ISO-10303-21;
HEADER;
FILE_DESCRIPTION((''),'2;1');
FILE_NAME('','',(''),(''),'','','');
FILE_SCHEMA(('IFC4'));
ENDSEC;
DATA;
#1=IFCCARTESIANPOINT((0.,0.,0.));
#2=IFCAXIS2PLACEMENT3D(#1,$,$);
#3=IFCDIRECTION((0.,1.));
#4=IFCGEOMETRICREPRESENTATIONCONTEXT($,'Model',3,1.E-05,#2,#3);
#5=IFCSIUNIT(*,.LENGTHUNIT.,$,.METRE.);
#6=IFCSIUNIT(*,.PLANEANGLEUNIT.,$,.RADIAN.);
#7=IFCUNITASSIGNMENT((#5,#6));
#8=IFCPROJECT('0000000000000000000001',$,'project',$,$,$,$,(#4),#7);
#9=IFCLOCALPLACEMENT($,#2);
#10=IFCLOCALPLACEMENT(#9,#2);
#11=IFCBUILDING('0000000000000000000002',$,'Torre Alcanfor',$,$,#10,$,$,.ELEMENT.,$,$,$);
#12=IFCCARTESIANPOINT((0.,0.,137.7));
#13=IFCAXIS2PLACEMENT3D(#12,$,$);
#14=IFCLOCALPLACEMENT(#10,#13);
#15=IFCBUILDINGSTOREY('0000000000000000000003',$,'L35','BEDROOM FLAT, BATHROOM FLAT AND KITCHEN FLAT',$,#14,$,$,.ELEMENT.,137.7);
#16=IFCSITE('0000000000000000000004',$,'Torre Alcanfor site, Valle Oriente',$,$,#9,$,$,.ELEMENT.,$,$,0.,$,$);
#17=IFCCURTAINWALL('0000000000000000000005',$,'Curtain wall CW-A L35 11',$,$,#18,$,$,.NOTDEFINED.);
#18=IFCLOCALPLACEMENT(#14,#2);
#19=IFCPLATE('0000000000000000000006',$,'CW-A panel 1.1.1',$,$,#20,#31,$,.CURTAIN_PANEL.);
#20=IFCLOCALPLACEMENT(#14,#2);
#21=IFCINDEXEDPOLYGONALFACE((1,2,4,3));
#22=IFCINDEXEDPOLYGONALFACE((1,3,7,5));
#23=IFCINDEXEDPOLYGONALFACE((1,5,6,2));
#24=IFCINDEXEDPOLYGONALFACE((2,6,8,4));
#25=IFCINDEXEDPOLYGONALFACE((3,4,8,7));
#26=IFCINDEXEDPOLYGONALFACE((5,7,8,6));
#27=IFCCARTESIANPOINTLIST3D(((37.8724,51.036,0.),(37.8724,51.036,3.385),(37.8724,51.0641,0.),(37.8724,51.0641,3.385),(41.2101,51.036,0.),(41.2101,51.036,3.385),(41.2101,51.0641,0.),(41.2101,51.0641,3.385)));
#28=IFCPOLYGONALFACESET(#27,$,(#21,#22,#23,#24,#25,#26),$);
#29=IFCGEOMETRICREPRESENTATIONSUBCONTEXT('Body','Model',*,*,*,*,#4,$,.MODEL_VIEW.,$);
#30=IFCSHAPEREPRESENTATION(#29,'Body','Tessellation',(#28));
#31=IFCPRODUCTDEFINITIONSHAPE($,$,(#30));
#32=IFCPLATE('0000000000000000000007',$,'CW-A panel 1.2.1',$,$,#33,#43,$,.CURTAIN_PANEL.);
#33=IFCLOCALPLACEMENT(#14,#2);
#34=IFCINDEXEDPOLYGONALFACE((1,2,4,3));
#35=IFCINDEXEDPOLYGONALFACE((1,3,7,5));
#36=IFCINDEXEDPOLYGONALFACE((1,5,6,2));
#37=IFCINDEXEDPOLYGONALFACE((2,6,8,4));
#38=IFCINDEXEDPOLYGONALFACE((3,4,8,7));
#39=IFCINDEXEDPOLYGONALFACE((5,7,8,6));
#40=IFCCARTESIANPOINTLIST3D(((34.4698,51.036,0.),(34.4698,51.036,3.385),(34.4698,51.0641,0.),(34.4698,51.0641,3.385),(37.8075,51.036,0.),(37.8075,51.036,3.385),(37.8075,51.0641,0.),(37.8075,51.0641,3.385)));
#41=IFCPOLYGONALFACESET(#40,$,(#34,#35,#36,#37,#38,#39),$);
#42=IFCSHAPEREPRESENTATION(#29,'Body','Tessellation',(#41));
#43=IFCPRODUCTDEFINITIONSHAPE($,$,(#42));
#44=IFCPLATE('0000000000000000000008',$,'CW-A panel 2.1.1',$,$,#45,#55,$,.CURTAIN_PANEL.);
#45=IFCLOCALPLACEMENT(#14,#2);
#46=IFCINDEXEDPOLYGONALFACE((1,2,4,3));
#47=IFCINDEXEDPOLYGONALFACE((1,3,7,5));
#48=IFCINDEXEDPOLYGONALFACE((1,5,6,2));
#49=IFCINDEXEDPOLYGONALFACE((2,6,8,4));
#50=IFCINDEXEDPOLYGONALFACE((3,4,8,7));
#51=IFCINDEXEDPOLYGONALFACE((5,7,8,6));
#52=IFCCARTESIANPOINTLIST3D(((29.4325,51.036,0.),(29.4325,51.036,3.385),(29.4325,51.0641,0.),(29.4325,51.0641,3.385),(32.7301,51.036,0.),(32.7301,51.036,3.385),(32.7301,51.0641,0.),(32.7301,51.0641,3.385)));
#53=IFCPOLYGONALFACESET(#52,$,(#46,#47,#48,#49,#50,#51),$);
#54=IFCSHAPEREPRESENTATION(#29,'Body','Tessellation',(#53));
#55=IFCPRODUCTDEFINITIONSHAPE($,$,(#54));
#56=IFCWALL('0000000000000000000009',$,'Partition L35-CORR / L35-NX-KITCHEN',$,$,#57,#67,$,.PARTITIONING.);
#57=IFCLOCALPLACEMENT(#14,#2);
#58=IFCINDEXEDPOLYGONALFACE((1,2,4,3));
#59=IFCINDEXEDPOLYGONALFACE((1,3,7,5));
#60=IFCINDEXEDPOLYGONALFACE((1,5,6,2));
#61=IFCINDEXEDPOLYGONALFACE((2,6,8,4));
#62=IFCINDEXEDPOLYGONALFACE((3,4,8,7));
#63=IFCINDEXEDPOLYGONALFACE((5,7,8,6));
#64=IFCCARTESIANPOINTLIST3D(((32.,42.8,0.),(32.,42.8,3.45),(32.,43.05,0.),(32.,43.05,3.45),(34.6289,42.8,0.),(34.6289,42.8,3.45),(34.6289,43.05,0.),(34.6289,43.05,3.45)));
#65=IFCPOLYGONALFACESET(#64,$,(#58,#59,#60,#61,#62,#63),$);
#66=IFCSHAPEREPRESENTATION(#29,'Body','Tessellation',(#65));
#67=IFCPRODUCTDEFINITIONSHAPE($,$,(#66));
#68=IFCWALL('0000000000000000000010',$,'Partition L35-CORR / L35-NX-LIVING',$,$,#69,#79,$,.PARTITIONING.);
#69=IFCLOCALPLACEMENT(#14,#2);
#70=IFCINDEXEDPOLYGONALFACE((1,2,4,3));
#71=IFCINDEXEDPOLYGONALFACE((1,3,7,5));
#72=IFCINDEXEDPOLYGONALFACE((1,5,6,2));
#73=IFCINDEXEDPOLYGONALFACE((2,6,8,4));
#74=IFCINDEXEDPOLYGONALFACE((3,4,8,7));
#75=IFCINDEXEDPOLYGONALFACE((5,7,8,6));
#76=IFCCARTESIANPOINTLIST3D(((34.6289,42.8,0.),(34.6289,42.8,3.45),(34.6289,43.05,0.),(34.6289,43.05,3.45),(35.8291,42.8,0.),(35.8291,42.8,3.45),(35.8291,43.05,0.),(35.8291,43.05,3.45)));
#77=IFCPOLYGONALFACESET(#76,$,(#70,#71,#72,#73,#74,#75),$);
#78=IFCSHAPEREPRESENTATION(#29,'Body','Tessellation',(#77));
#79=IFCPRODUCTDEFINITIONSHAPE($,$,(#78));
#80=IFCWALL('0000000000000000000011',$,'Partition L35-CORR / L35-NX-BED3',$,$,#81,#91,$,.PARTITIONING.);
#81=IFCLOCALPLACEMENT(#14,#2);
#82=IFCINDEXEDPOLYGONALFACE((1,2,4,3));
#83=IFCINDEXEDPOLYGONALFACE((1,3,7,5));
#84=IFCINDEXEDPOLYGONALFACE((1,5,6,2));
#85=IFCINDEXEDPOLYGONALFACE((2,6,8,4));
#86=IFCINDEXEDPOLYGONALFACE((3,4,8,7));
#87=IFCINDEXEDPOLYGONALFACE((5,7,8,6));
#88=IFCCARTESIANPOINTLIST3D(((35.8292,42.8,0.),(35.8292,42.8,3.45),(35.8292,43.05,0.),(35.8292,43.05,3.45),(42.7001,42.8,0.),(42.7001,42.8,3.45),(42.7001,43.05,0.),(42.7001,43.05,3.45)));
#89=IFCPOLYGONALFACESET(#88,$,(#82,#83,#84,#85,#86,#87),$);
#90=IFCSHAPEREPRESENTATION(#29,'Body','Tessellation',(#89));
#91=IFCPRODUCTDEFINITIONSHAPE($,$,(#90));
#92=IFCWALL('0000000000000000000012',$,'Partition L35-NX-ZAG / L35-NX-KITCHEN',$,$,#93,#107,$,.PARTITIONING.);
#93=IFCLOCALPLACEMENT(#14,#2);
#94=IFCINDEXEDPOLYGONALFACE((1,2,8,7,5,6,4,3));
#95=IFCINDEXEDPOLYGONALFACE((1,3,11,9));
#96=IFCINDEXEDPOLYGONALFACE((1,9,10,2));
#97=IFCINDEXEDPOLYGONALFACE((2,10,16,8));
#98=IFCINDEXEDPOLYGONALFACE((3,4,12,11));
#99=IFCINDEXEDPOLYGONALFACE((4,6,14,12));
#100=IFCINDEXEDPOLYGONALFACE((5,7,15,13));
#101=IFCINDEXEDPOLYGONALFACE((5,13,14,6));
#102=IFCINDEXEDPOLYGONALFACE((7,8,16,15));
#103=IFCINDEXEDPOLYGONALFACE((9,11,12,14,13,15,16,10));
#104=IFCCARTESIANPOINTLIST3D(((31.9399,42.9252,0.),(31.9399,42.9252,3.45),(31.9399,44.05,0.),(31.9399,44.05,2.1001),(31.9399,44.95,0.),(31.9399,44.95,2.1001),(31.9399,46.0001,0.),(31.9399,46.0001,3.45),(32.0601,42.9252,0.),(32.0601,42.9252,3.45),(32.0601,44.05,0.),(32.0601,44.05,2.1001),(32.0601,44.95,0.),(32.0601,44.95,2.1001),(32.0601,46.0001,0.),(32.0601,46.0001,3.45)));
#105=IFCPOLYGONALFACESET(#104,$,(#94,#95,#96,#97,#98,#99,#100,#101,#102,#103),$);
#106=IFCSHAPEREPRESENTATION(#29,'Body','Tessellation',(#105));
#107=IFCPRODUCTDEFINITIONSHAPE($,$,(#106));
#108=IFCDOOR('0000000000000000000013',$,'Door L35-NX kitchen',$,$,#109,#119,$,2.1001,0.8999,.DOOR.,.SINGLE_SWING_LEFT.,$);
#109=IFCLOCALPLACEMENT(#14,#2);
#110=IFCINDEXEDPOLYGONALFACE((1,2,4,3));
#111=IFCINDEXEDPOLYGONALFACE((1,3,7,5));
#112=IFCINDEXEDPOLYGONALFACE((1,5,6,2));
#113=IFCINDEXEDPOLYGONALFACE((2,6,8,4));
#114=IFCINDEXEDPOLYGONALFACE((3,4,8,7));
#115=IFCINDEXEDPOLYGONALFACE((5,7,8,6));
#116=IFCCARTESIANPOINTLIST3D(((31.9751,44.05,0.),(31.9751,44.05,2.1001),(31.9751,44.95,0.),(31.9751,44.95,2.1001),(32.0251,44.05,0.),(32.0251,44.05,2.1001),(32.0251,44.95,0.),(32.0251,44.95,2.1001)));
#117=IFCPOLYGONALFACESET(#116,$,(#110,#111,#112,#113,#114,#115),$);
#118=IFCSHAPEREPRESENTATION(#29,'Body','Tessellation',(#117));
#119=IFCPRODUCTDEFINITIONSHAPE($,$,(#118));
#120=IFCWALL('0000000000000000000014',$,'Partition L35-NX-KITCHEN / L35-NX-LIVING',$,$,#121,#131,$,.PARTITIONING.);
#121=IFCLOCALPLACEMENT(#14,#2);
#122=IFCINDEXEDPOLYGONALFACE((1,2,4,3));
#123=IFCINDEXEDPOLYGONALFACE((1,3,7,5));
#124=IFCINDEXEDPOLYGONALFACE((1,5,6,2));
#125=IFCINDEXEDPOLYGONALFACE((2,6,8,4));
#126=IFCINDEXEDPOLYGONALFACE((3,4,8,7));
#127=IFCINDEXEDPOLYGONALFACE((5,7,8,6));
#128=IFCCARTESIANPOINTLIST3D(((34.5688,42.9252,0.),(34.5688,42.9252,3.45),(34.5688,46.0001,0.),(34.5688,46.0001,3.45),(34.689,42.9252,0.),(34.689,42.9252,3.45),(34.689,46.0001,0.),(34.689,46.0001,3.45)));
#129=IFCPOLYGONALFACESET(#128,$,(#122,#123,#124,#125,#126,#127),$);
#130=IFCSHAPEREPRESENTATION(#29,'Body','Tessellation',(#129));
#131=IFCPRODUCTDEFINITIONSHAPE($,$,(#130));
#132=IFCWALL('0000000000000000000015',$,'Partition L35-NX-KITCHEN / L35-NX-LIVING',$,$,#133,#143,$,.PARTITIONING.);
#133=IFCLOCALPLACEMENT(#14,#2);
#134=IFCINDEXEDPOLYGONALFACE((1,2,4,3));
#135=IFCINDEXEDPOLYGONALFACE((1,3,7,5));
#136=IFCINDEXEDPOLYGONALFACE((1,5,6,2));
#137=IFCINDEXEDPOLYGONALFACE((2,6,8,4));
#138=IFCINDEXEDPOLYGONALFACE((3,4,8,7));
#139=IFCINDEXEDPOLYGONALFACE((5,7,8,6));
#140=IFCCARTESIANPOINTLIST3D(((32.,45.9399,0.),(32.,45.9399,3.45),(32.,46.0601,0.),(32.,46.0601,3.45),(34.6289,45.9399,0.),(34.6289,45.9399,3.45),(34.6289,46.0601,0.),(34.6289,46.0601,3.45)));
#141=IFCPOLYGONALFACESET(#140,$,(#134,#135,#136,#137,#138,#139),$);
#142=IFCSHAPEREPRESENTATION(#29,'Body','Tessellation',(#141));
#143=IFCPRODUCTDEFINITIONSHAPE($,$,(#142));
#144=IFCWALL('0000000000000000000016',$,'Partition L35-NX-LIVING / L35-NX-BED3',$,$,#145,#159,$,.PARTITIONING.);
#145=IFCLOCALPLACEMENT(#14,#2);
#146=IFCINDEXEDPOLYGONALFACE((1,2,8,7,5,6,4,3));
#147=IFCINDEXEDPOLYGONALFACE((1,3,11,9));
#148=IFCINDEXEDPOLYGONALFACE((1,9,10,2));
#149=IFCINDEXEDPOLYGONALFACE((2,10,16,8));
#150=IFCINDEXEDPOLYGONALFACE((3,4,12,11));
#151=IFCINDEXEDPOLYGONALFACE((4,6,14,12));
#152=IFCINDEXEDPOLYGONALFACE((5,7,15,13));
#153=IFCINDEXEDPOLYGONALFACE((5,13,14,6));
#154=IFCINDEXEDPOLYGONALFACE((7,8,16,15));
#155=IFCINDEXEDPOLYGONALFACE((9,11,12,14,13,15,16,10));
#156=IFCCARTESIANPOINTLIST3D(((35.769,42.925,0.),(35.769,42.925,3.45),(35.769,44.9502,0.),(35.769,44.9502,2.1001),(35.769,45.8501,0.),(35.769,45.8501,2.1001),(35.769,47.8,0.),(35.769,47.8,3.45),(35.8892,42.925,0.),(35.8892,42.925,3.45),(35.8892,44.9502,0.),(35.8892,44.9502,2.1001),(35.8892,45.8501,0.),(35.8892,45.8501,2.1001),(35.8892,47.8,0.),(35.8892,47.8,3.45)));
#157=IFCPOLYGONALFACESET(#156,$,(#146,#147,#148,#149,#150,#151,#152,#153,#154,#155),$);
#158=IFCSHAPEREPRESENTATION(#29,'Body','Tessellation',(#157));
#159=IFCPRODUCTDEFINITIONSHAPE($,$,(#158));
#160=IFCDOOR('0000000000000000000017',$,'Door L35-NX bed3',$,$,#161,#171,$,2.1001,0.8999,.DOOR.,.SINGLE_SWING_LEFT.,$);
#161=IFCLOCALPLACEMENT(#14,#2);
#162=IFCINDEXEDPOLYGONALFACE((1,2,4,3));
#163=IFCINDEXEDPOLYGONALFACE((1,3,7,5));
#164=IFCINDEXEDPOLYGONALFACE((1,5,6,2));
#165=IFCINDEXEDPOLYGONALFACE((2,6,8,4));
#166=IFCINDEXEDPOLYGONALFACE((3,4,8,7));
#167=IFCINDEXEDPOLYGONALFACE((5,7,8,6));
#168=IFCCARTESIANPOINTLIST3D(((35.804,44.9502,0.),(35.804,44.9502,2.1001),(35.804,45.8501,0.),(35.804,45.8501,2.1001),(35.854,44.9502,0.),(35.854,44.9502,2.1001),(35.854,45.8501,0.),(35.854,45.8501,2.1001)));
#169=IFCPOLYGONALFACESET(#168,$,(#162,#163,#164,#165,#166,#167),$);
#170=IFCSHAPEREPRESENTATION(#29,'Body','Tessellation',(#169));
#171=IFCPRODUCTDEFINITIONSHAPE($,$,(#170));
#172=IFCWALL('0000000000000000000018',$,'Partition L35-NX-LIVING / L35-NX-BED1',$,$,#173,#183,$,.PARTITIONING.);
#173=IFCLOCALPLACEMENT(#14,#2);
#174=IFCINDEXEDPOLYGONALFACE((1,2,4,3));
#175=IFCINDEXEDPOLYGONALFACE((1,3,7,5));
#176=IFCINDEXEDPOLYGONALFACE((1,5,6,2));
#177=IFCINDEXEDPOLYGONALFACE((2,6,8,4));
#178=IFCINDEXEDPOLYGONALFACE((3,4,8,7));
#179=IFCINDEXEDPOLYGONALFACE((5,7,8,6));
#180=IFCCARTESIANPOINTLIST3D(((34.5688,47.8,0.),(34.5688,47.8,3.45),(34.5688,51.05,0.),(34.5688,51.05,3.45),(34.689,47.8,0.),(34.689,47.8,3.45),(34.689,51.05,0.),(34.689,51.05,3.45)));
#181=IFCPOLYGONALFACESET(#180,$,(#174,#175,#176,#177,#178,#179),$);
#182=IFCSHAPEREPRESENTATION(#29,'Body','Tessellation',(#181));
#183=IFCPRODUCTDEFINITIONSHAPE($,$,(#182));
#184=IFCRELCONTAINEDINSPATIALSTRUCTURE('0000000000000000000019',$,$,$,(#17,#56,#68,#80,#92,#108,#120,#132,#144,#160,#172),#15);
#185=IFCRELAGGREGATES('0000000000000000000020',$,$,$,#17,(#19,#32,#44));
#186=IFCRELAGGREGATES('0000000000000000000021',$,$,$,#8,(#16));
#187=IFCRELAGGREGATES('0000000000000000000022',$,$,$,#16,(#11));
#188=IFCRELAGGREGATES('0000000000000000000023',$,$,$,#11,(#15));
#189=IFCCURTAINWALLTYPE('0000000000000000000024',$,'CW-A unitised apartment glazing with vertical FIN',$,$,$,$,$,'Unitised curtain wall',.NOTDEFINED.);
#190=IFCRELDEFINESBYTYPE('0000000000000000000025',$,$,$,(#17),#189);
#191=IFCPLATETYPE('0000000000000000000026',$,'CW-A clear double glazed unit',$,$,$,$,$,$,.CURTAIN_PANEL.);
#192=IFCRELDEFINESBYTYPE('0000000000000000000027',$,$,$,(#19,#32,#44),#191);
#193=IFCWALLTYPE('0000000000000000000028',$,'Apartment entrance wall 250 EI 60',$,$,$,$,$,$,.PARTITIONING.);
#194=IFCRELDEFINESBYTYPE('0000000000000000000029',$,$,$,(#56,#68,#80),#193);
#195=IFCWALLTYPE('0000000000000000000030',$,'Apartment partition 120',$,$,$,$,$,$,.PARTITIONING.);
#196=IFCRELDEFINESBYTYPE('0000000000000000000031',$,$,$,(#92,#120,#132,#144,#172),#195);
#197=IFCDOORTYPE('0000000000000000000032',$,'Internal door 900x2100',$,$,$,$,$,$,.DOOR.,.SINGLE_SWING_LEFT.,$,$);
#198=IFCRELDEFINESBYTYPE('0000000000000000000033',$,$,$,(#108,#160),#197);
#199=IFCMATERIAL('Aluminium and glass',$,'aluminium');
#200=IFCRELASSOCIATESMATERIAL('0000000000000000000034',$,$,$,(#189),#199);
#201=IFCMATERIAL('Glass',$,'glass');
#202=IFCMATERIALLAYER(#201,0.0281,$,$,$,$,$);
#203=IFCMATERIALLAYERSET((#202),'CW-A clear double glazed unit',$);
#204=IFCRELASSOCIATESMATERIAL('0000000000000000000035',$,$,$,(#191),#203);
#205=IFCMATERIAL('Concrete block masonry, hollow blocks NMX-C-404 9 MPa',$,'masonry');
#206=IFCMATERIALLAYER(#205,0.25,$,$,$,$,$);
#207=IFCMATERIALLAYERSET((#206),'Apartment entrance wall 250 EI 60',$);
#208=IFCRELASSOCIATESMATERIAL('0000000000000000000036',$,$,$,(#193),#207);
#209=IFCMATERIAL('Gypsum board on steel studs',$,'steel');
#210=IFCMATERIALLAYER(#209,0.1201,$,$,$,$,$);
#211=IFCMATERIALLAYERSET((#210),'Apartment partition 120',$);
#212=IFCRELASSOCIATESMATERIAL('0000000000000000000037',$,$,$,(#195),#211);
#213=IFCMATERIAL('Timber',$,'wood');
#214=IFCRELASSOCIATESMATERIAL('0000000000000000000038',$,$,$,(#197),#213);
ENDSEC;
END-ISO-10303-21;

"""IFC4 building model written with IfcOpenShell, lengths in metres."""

from ifc_helpers import new_model, si_unit, direction, frame, frame_2d, origin, origin_2d, place, context, subcontext, project, spatial, rectangle, extrude, material, layer, layer_set, type_object, element, fill, aggregate, save


model = new_model("IFC4")

# Units and contexts
model_context = context("Model", 3, precision=1e-05, world=origin(), true_north=direction((0.0, 1.0)))
body_context = subcontext(model_context, "Body", "Model", "MODEL_VIEW")
ifc_project = project(units=[si_unit("LENGTHUNIT", "METRE"), si_unit("PLANEANGLEUNIT", "RADIAN")], contexts=[model_context])

# Site, building, storey
site_placement = place(None, origin())
site = spatial("IfcSite", under=ifc_project, at=site_placement, Name="Torre Alcanfor site, Valle Oriente", CompositionType="ELEMENT", RefElevation=0.0)
building_placement = place(site_placement, origin())
building = spatial("IfcBuilding", under=site, at=building_placement, Name="Torre Alcanfor", CompositionType="ELEMENT")
storey_placement = place(building_placement, frame((0.0, 0.0, 137.7)))
storey = spatial("IfcBuildingStorey", under=building, at=storey_placement, Name="L35", Description="BEDROOM FLAT, BATHROOM FLAT AND KITCHEN FLAT", CompositionType="ELEMENT", Elevation=137.7)

# Curtain wall
ifc_material_1 = material(Name="Aluminium and glass", Category="aluminium")
curtain_wall_type = type_object("IfcCurtainWallType", Name="CW-A unitised apartment glazing with vertical FIN", ElementType="Unitised curtain wall", PredefinedType="NOTDEFINED", material=ifc_material_1)
curtain_wall_placement = place(storey_placement, origin())
curtain_wall = element("IfcCurtainWall", 1, at=curtain_wall_placement, inside=storey, type_object=curtain_wall_type, Name="Curtain wall CW-A L35 11", PredefinedType="NOTDEFINED")

# Plates
ifc_material_2 = material(Name="Glass", Category="glass")
ifc_layer_1 = layer(ifc_material_2, 0.0281)
ifc_layer_set_1 = layer_set([ifc_layer_1], Name="CW-A clear double glazed unit")
plate_type = type_object("IfcPlateType", Name="CW-A clear double glazed unit", PredefinedType="CURTAIN_PANEL", material=ifc_layer_set_1)
plate_1_placement = place(storey_placement, frame((39.5413, 51.05, 0.0), z_axis=(0.0, 0.0, 1.0), x_axis=(-1.0, 0.0, 0.0)))
plate_1 = element("IfcPlate", 2, at=plate_1_placement, type_object=plate_type, Name="CW-A panel 1.1.1", PredefinedType="CURTAIN_PANEL", context=body_context, shape_type="SweptSolid", body=[
    extrude(rectangle(XDim=3.3376, YDim=0.0281, at=origin_2d()), origin(), (0.0, 0.0, 1.0), 3.385),
])
plate_2_placement = place(storey_placement, frame((36.1387, 51.05, 0.0), z_axis=(0.0, 0.0, 1.0), x_axis=(-1.0, 0.0, 0.0)))
plate_2 = element("IfcPlate", 3, at=plate_2_placement, type_object=plate_type, Name="CW-A panel 1.2.1", PredefinedType="CURTAIN_PANEL", context=body_context, shape_type="SweptSolid", body=[
    extrude(rectangle(XDim=3.3376, YDim=0.0281, at=origin_2d()), origin(), (0.0, 0.0, 1.0), 3.385),
])
plate_3_placement = place(storey_placement, frame((31.0813, 51.05, 0.0), z_axis=(0.0, 0.0, 1.0), x_axis=(-1.0, 0.0, 0.0)))
plate_3 = element("IfcPlate", 4, at=plate_3_placement, type_object=plate_type, Name="CW-A panel 2.1.1", PredefinedType="CURTAIN_PANEL", context=body_context, shape_type="SweptSolid", body=[
    extrude(rectangle(XDim=3.2976, YDim=0.0281, at=origin_2d()), origin(), (0.0, 0.0, 1.0), 3.385),
])
aggregate(curtain_wall, [plate_1, plate_2, plate_3])

# Walls
ifc_material_3 = material(Name="Concrete block masonry, hollow blocks NMX-C-404 9 MPa", Category="masonry")
ifc_layer_2 = layer(ifc_material_3, 0.25)
ifc_layer_set_2 = layer_set([ifc_layer_2], Name="Apartment entrance wall 250 EI 60")
wall_type_1 = type_object("IfcWallType", Name="Apartment entrance wall 250 EI 60", PredefinedType="PARTITIONING", material=ifc_layer_set_2)
wall_1_placement = place(storey_placement, frame((32.0, 42.925, 0.0), z_axis=(0.0, 0.0, 1.0), x_axis=(1.0, 0.0, 0.0)))
element("IfcWall", 5, at=wall_1_placement, inside=storey, type_object=wall_type_1, Name="Partition L35-CORR / L35-NX-KITCHEN", PredefinedType="PARTITIONING", context=body_context, shape_type="SweptSolid", body=[
    extrude(rectangle(XDim=2.6289, YDim=0.25, at=frame_2d((1.3145, 0.0))), origin(), (0.0, 0.0, 1.0), 3.45),
])
wall_2_placement = place(storey_placement, frame((34.6289, 42.925, 0.0), z_axis=(0.0, 0.0, 1.0), x_axis=(1.0, 0.0, 0.0)))
element("IfcWall", 6, at=wall_2_placement, inside=storey, type_object=wall_type_1, Name="Partition L35-CORR / L35-NX-LIVING", PredefinedType="PARTITIONING", context=body_context, shape_type="SweptSolid", body=[
    extrude(rectangle(XDim=1.2002, YDim=0.25, at=frame_2d((0.6001, 0.0))), origin(), (0.0, 0.0, 1.0), 3.45),
])
wall_3_placement = place(storey_placement, frame((35.8291, 42.925, 0.0), z_axis=(0.0, 0.0, 1.0), x_axis=(1.0, 0.0, 0.0)))
element("IfcWall", 7, at=wall_3_placement, inside=storey, type_object=wall_type_1, Name="Partition L35-CORR / L35-NX-BED3", PredefinedType="PARTITIONING", context=body_context, shape_type="SweptSolid", body=[
    extrude(rectangle(XDim=6.8708, YDim=0.25, at=frame_2d((3.4355, 0.0))), origin(), (0.0, 0.0, 1.0), 3.45),
])

# Wall, opening, door
ifc_material_4 = material(Name="Gypsum board on steel studs", Category="steel")
ifc_layer_3 = layer(ifc_material_4, 0.1201)
ifc_layer_set_3 = layer_set([ifc_layer_3], Name="Apartment partition 120")
wall_type_2 = type_object("IfcWallType", Name="Apartment partition 120", PredefinedType="PARTITIONING", material=ifc_layer_set_3)
wall_4_placement = place(storey_placement, frame((32.0, 42.925, 0.0), z_axis=(0.0, 0.0, 1.0), x_axis=(0.0, 1.0, 0.0)))
wall_4 = element("IfcWall", 8, at=wall_4_placement, inside=storey, type_object=wall_type_2, Name="Partition L35-NX-ZAG / L35-NX-KITCHEN", PredefinedType="PARTITIONING", context=body_context, shape_type="SweptSolid", body=[
    extrude(rectangle(XDim=3.075, YDim=0.1201, at=frame_2d((1.5376, 0.0))), origin(), (0.0, 0.0, 1.0), 3.45),
])
opening_1_placement = place(wall_4_placement, frame((1.125, 0.0, 0.0)))
opening_1 = element("IfcOpeningElement", 9, at=opening_1_placement, cuts=wall_4, PredefinedType="OPENING", context=body_context, shape_type="SweptSolid", body=[
    extrude(rectangle(XDim=0.8999, YDim=2.1001, at=frame_2d((0.45, 1.05))), frame((0.0, 0.0701, 0.0), z_axis=(0.0, -1.0, 0.0), x_axis=(1.0, 0.0, 0.0)), (0.0, 0.0, 1.0), 0.1401),
])
ifc_material_5 = material(Name="Timber", Category="wood")
door_type_1 = type_object("IfcDoorType", Name="Internal door 900x2100", OperationType="SINGLE_SWING_LEFT", PredefinedType="DOOR", material=ifc_material_5)
door_1_placement = place(opening_1_placement, frame((0.8999, 0.0, 0.0), z_axis=(0.0, 0.0, 1.0), x_axis=(-1.0, 0.0, 0.0)))
door_1 = element("IfcDoor", 10, at=door_1_placement, inside=storey, type_object=door_type_1, Name="Door L35-NX kitchen", OperationType="SINGLE_SWING_LEFT", OverallHeight=2.1001, OverallWidth=0.8999, PredefinedType="DOOR", context=body_context, shape_type="SweptSolid", body=[
    extrude(rectangle(XDim=0.8999, YDim=2.1001, at=frame_2d((0.45, 1.05))), frame((0.0, 0.0251, 0.0), z_axis=(0.0, -1.0, 0.0), x_axis=(1.0, 0.0, 0.0)), (0.0, 0.0, 1.0), 0.05),
])
fill(opening_1, door_1)

# Walls
wall_5_placement = place(storey_placement, frame((34.6289, 42.925, 0.0), z_axis=(0.0, 0.0, 1.0), x_axis=(0.0, 1.0, 0.0)))
element("IfcWall", 11, at=wall_5_placement, inside=storey, type_object=wall_type_2, Name="Partition L35-NX-KITCHEN / L35-NX-LIVING", PredefinedType="PARTITIONING", context=body_context, shape_type="SweptSolid", body=[
    extrude(rectangle(XDim=3.075, YDim=0.1201, at=frame_2d((1.5376, 0.0))), origin(), (0.0, 0.0, 1.0), 3.45),
])
wall_6_placement = place(storey_placement, frame((34.6289, 46.0, 0.0), z_axis=(0.0, 0.0, 1.0), x_axis=(-1.0, 0.0, 0.0)))
element("IfcWall", 12, at=wall_6_placement, inside=storey, type_object=wall_type_2, Name="Partition L35-NX-KITCHEN / L35-NX-LIVING", PredefinedType="PARTITIONING", context=body_context, shape_type="SweptSolid", body=[
    extrude(rectangle(XDim=2.6289, YDim=0.1201, at=frame_2d((1.3145, 0.0))), origin(), (0.0, 0.0, 1.0), 3.45),
])

# Wall, opening, door
wall_7_placement = place(storey_placement, frame((35.8291, 47.8, 0.0), z_axis=(0.0, 0.0, 1.0), x_axis=(0.0, -1.0, 0.0)))
wall_7 = element("IfcWall", 13, at=wall_7_placement, inside=storey, type_object=wall_type_2, Name="Partition L35-NX-LIVING / L35-NX-BED3", PredefinedType="PARTITIONING", context=body_context, shape_type="SweptSolid", body=[
    extrude(rectangle(XDim=4.875, YDim=0.1201, at=frame_2d((2.4375, 0.0))), origin(), (0.0, 0.0, 1.0), 3.45),
])
opening_2_placement = place(wall_7_placement, frame((1.95, 0.0, 0.0)))
opening_2 = element("IfcOpeningElement", 14, at=opening_2_placement, cuts=wall_7, PredefinedType="OPENING", context=body_context, shape_type="SweptSolid", body=[
    extrude(rectangle(XDim=0.8999, YDim=2.1001, at=frame_2d((0.45, 1.05))), frame((0.0, 0.0701, 0.0), z_axis=(0.0, -1.0, 0.0), x_axis=(1.0, 0.0, 0.0)), (0.0, 0.0, 1.0), 0.1401),
])
door_2_placement = place(opening_2_placement, origin())
door_2 = element("IfcDoor", 15, at=door_2_placement, inside=storey, type_object=door_type_1, Name="Door L35-NX bed3", OperationType="SINGLE_SWING_LEFT", OverallHeight=2.1001, OverallWidth=0.8999, PredefinedType="DOOR", context=body_context, shape_type="SweptSolid", body=[
    extrude(rectangle(XDim=0.8999, YDim=2.1001, at=frame_2d((0.45, 1.05))), frame((0.0, 0.0249, 0.0), z_axis=(0.0, -1.0, 0.0), x_axis=(1.0, 0.0, 0.0)), (0.0, 0.0, 1.0), 0.05),
])
fill(opening_2, door_2)

# Wall
wall_8_placement = place(storey_placement, frame((34.6289, 51.05, 0.0), z_axis=(0.0, 0.0, 1.0), x_axis=(0.0, -1.0, 0.0)))
element("IfcWall", 16, at=wall_8_placement, inside=storey, type_object=wall_type_2, Name="Partition L35-NX-LIVING / L35-NX-BED1", PredefinedType="PARTITIONING", context=body_context, shape_type="SweptSolid", body=[
    extrude(rectangle(XDim=3.25, YDim=0.1201, at=frame_2d((1.625, 0.0))), origin(), (0.0, 0.0, 1.0), 3.45),
])

save(model, "model.ifc")
